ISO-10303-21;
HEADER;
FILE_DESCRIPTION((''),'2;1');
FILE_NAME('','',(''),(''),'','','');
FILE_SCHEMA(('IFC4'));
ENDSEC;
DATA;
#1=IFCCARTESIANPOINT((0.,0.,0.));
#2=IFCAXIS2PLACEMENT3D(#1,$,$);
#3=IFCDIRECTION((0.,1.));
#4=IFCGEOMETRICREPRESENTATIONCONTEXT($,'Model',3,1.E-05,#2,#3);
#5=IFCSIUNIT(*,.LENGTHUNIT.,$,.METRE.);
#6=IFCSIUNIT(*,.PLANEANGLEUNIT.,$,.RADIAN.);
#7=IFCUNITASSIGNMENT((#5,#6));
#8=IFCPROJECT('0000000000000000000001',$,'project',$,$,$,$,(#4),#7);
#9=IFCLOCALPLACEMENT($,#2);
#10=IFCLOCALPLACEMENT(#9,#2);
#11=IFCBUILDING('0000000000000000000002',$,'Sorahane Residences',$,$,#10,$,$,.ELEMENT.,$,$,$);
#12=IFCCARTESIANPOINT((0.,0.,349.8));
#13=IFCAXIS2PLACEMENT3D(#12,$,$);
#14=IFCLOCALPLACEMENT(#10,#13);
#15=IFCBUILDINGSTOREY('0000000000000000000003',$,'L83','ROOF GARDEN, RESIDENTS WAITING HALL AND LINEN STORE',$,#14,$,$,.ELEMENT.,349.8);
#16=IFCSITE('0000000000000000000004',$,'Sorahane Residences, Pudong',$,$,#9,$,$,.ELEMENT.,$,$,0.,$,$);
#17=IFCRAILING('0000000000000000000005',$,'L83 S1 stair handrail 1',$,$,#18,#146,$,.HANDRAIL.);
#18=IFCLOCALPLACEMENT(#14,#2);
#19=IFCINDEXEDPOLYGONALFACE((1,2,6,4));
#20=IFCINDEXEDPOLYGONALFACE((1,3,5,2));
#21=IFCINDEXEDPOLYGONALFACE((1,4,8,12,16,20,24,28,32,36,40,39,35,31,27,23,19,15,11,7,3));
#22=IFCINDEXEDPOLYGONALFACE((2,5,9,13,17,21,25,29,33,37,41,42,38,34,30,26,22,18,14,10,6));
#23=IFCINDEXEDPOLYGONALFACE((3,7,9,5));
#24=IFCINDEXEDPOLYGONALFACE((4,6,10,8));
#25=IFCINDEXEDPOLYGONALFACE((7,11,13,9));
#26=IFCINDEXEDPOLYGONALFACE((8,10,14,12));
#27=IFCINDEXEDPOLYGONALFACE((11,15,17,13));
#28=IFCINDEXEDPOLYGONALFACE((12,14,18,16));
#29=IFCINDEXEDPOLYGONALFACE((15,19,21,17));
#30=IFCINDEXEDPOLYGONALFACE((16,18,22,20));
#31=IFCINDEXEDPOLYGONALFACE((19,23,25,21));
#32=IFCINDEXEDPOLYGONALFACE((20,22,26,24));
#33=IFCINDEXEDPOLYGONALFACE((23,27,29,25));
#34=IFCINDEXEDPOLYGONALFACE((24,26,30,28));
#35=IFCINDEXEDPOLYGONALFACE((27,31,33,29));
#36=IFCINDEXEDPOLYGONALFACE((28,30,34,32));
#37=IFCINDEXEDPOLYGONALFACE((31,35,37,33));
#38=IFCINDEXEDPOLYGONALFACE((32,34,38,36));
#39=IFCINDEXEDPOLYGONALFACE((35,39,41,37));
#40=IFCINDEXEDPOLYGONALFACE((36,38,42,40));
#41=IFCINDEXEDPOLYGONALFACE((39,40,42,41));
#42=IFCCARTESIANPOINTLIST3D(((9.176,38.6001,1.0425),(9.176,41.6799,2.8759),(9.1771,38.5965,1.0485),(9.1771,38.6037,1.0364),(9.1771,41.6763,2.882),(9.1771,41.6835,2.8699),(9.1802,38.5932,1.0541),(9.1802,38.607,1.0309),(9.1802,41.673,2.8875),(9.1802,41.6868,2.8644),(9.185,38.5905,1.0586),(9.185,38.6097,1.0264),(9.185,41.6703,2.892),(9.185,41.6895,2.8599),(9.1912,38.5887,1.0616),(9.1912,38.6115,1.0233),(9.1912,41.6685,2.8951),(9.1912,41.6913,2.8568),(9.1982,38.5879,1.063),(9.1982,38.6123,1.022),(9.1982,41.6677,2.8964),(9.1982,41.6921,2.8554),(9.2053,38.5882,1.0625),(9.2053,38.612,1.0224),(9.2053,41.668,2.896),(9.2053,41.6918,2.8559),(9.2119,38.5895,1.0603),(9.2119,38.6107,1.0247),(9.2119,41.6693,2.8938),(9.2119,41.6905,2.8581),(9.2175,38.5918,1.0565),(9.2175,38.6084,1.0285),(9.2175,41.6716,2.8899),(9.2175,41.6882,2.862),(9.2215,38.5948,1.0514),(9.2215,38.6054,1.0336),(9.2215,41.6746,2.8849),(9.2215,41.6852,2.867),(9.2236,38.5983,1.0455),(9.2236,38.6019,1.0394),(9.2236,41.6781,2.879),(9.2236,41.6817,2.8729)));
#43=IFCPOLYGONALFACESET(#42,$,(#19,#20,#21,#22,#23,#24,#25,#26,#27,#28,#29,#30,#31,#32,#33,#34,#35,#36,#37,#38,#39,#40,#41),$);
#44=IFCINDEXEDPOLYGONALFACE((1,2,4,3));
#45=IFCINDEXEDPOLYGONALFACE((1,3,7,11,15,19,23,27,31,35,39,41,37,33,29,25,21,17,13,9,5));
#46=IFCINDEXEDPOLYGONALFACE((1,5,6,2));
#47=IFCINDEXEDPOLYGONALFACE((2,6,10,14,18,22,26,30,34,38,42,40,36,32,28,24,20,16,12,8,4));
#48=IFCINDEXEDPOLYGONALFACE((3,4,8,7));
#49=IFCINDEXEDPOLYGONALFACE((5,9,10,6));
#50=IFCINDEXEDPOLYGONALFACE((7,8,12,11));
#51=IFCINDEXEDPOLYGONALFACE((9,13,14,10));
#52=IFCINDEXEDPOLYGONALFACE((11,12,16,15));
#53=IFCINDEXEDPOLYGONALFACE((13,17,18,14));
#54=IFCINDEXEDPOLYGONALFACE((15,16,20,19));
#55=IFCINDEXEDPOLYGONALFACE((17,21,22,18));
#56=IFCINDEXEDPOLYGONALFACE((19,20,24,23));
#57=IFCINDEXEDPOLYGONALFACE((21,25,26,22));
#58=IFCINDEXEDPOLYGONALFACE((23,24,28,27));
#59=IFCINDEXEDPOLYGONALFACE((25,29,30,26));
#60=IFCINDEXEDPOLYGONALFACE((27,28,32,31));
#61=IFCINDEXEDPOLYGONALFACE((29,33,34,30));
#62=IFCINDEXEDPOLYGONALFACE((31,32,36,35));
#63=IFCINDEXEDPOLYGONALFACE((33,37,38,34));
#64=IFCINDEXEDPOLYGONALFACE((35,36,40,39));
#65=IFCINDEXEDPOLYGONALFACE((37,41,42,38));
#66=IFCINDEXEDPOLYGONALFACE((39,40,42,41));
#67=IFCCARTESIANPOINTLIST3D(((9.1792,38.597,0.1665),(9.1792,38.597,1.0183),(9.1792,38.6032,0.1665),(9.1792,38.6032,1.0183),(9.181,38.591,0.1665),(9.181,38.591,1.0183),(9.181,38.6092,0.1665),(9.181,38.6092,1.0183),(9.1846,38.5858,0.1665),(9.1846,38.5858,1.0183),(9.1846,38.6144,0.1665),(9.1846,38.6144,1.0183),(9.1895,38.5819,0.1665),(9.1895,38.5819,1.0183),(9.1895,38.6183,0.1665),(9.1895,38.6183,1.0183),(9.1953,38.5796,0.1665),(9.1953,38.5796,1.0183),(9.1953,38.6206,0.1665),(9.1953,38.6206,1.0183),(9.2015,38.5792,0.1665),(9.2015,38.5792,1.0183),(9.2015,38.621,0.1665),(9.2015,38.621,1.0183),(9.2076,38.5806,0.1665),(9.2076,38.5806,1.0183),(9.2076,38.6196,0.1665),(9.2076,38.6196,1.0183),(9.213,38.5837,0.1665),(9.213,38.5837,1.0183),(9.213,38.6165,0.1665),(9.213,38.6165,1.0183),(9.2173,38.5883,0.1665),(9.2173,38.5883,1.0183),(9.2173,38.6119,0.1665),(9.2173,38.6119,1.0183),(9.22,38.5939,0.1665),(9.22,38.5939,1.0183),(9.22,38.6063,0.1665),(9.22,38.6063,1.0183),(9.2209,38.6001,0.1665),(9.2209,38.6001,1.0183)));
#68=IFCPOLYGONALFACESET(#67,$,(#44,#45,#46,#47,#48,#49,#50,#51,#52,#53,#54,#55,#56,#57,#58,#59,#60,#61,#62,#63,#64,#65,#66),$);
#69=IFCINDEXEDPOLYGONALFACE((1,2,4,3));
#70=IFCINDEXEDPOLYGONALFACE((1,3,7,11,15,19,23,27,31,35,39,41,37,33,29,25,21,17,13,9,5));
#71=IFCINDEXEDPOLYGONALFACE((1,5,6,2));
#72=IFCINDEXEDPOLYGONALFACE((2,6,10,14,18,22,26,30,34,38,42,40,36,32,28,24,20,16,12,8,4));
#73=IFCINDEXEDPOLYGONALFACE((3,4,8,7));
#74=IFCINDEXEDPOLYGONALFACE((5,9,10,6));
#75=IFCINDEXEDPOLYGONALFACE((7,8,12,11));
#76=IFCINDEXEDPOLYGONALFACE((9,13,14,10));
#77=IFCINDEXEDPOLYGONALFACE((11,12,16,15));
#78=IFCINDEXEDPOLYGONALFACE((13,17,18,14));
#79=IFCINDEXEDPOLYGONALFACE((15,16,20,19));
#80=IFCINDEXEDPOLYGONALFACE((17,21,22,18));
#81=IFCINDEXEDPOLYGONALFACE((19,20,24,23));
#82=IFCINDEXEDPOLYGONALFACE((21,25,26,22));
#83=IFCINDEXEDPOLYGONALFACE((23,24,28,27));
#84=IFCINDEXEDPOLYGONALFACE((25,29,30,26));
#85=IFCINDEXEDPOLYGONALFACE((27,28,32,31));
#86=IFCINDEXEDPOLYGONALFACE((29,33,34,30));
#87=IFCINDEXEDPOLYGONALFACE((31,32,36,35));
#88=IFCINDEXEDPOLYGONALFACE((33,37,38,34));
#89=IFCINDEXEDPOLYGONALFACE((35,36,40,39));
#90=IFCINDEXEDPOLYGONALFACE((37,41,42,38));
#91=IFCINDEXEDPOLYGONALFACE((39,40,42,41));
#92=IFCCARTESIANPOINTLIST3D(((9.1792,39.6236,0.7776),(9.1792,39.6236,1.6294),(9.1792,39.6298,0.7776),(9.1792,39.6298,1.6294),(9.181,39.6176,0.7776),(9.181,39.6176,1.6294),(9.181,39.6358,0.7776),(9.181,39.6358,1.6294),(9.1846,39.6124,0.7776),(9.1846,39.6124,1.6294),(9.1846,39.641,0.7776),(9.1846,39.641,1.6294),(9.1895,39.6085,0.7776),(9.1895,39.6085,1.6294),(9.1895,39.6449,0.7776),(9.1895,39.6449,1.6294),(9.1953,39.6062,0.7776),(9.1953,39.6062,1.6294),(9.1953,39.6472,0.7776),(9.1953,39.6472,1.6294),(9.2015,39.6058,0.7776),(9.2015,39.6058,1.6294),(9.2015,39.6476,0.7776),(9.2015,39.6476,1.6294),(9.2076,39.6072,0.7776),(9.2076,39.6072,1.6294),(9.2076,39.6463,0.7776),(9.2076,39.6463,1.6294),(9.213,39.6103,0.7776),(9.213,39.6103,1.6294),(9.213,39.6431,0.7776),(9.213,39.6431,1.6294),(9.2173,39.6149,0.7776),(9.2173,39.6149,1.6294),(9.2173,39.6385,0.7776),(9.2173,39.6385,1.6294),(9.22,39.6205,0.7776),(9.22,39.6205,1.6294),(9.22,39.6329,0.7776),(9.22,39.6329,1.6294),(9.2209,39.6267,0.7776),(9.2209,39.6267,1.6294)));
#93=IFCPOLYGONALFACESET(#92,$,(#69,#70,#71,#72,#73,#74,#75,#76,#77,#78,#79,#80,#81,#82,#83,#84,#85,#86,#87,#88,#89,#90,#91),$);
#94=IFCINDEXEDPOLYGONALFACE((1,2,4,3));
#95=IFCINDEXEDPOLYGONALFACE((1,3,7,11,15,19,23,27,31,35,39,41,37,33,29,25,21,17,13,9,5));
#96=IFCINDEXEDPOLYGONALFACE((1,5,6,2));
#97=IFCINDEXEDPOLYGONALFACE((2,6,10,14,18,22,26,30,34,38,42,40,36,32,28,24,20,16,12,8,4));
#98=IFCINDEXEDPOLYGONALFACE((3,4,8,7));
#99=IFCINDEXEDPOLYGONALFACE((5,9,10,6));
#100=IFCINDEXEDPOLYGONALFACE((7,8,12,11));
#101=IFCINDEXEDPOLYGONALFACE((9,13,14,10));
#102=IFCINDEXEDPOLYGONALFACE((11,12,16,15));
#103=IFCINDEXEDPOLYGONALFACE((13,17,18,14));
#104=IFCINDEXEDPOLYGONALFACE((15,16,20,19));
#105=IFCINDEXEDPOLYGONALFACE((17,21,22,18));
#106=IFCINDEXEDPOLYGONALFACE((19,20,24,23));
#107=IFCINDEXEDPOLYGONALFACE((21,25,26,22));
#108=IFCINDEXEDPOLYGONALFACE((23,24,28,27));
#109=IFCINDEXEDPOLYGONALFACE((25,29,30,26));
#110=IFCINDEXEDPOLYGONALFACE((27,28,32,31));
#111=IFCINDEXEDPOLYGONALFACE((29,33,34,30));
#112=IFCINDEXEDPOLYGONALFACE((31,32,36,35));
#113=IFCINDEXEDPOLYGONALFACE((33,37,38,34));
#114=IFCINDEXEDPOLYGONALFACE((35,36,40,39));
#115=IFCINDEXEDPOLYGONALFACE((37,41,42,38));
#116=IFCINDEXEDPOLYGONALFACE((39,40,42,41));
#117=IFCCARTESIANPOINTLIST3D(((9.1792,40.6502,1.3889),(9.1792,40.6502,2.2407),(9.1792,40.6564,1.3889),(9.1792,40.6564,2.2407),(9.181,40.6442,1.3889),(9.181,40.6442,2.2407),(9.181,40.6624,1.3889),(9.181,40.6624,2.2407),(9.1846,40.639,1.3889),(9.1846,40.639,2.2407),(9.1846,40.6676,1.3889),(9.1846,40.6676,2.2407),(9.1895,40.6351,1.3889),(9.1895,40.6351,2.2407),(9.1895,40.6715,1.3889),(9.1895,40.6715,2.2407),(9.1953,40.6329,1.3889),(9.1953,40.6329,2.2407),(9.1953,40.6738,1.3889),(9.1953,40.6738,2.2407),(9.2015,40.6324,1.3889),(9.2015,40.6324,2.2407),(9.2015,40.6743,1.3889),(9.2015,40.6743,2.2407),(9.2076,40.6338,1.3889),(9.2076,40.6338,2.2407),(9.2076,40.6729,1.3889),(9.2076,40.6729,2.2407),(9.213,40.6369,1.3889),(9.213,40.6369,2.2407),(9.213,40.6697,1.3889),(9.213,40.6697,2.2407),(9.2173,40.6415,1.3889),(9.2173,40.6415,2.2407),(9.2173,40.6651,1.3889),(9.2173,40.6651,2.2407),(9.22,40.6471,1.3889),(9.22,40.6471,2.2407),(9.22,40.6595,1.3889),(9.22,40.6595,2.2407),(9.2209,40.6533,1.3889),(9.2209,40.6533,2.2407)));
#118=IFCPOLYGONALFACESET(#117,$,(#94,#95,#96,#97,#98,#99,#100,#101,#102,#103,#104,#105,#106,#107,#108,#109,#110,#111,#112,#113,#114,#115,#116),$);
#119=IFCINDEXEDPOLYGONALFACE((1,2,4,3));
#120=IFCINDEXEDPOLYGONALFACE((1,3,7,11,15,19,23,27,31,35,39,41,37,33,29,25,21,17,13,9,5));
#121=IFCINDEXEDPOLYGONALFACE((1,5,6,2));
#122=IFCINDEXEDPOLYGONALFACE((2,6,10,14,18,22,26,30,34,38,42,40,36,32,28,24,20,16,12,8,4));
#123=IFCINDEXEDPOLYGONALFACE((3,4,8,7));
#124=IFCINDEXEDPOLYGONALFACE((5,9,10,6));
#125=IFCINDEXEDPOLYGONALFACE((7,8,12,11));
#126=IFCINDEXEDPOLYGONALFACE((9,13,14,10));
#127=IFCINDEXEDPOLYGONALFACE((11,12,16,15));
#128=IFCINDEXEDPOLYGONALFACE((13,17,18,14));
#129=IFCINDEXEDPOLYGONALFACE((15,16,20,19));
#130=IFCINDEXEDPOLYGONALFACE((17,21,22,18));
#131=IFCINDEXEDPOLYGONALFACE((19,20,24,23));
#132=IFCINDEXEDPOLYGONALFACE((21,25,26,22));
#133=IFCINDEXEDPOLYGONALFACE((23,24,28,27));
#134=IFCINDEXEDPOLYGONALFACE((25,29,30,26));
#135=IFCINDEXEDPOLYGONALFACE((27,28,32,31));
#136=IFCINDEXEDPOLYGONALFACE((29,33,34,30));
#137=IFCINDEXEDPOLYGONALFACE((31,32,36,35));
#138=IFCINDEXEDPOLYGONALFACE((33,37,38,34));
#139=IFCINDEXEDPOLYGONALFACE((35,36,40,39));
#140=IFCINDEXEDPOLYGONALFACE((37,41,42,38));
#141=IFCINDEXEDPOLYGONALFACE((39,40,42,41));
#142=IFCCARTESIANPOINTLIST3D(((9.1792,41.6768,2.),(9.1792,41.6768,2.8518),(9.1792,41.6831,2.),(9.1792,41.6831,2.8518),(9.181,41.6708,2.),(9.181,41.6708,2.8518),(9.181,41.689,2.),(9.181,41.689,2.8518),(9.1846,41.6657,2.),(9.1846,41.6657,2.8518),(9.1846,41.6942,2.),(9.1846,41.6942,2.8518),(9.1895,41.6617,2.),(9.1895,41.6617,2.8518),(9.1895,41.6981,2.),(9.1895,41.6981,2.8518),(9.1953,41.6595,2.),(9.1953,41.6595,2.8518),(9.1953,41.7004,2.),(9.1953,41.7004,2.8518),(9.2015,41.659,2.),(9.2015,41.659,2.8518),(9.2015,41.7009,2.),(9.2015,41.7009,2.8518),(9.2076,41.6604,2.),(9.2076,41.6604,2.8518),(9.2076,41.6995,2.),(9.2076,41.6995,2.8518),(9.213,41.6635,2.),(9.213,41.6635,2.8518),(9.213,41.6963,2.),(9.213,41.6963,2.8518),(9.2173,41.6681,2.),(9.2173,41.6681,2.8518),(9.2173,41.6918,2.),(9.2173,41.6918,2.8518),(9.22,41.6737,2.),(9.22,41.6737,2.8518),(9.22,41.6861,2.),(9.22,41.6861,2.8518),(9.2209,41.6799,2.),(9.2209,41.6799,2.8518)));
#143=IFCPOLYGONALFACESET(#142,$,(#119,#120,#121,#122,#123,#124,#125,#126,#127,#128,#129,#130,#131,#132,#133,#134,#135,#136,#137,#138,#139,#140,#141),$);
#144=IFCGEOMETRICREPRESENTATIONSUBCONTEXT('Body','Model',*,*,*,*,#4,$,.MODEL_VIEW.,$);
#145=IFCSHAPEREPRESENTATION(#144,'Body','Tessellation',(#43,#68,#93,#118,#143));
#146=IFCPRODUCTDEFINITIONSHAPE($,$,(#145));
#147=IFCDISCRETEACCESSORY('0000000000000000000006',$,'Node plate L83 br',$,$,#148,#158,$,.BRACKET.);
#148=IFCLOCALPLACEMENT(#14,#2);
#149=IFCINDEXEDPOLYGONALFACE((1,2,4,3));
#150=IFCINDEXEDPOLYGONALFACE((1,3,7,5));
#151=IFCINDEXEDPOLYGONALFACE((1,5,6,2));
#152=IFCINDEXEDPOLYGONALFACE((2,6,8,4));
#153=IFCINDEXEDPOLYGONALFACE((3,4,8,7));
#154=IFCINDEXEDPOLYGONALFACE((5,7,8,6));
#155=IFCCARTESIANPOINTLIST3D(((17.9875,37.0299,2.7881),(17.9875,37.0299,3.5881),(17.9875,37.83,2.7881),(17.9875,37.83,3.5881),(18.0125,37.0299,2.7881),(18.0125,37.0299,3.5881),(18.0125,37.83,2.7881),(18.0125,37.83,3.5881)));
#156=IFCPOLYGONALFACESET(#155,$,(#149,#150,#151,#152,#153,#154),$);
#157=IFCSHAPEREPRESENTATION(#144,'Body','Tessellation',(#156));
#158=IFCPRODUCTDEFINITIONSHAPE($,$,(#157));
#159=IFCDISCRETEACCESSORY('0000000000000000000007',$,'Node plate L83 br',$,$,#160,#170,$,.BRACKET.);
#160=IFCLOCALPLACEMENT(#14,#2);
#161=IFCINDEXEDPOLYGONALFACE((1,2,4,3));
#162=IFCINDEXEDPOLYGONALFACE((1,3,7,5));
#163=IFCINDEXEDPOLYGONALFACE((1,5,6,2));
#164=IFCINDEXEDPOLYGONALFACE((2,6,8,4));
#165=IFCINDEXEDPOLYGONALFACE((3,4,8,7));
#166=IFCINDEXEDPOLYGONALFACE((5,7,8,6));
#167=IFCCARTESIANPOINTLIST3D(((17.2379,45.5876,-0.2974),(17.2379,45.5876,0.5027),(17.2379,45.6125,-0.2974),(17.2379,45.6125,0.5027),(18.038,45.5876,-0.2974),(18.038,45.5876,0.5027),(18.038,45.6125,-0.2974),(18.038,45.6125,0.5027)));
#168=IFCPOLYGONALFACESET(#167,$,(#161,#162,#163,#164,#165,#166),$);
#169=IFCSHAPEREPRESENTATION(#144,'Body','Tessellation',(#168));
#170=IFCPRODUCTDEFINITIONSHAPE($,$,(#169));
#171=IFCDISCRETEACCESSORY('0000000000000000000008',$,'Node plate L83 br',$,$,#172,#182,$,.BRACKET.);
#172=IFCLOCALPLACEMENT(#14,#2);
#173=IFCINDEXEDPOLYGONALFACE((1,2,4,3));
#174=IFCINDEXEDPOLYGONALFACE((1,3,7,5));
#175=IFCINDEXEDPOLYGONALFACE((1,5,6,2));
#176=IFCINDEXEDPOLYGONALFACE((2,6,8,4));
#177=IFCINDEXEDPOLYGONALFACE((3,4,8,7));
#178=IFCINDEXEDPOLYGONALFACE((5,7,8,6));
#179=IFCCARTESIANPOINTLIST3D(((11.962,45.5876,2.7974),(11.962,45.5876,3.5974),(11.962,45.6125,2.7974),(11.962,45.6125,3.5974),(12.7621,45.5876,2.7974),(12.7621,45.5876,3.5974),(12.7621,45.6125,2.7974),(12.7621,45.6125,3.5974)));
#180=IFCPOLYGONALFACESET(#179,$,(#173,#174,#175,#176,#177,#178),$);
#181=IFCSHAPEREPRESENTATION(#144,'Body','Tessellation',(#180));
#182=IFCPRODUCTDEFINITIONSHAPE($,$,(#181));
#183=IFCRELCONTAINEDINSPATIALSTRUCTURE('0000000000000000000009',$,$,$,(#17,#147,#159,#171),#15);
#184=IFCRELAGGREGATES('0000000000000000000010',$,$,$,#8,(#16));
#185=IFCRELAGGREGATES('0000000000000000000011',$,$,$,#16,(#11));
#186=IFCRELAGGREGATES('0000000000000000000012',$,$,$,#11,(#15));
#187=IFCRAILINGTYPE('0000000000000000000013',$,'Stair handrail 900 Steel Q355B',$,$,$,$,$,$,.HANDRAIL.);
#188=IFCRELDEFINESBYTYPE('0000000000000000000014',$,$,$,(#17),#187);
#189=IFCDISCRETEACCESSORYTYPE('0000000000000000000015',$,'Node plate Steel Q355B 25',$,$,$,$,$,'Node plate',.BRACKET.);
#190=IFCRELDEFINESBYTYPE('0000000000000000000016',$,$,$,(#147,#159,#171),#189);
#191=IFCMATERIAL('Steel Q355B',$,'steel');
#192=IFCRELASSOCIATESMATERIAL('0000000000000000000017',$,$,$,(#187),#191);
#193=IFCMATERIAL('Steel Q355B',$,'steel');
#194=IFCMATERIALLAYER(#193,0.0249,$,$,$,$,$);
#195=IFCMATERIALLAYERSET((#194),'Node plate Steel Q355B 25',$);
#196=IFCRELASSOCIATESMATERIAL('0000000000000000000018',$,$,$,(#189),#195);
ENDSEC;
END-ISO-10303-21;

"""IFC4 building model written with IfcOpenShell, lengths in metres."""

from ifc_helpers import new_model, si_unit, direction, frame, origin, origin_2d, place, context, subcontext, project, spatial, rectangle, circle, extrude, material, layer, layer_set, type_object, element, save


model = new_model("IFC4")

# Units and contexts
model_context = context("Model", 3, precision=1e-05, world=origin(), true_north=direction((0.0, 1.0)))
body_context = subcontext(model_context, "Body", "Model", "MODEL_VIEW")
ifc_project = project(units=[si_unit("LENGTHUNIT", "METRE"), si_unit("PLANEANGLEUNIT", "RADIAN")], contexts=[model_context])

# Site, building, storey
site_placement = place(None, origin())
site = spatial("IfcSite", under=ifc_project, at=site_placement, Name="Sorahane Residences, Pudong", CompositionType="ELEMENT", RefElevation=0.0)
building_placement = place(site_placement, origin())
building = spatial("IfcBuilding", under=site, at=building_placement, Name="Sorahane Residences", CompositionType="ELEMENT")
storey_placement = place(building_placement, frame((0.0, 0.0, 349.8)))
storey = spatial("IfcBuildingStorey", under=building, at=storey_placement, Name="L83", Description="ROOF GARDEN, RESIDENTS WAITING HALL AND LINEN STORE", CompositionType="ELEMENT", Elevation=349.8)

# Railing
ifc_material_1 = material(Name="Steel Q355B", Category="steel")
railing_type_1 = type_object("IfcRailingType", Name="Stair handrail 900 Steel Q355B", PredefinedType="HANDRAIL", material=ifc_material_1)
railing_1_placement = place(storey_placement, frame((9.2, 38.6001, 0.1665)))
element("IfcRailing", 1, at=railing_1_placement, inside=storey, type_object=railing_type_1, Name="L83 S1 stair handrail 1", PredefinedType="HANDRAIL", context=body_context, shape_type="SweptSolid", body=[
    extrude(circle(Radius=0.0239, at=origin_2d()), frame((0.0, 0.0, 0.876), z_axis=(0.0, 0.859261, 0.511538), x_axis=(-1.0, 0.0, 0.0)), (0.0, 0.0, 1.0), 3.5842),
    extrude(circle(Radius=0.021, at=origin_2d()), origin(), (0.0, 0.0, 1.0), 0.8518),
    extrude(circle(Radius=0.021, at=origin_2d()), frame((0.0, 1.0266, 0.6111)), (0.0, 0.0, 1.0), 0.8518),
    extrude(circle(Radius=0.021, at=origin_2d()), frame((0.0, 2.0532, 1.2224)), (0.0, 0.0, 1.0), 0.8518),
    extrude(circle(Radius=0.021, at=origin_2d()), frame((0.0, 3.0798, 1.8335)), (0.0, 0.0, 1.0), 0.8518),
])

# Discrete accessories
ifc_material_2 = material(Name="Steel Q355B", Category="steel")
ifc_layer_1 = layer(ifc_material_2, 0.0249)
ifc_layer_set_1 = layer_set([ifc_layer_1], Name="Node plate Steel Q355B 25")
discrete_accessory_type = type_object("IfcDiscreteAccessoryType", Name="Node plate Steel Q355B 25", ElementType="Node plate", PredefinedType="BRACKET", material=ifc_layer_set_1)
for number, where, z_axis, x_axis, name in (
    (2, (18.0, 37.4299, 2.7881), (0.0, 0.0, 1.0), (0.0, 1.0, 0.0), "Node plate L83 br"),
    (3, (17.6379, 45.6001, -0.2974), (0.0, 0.0, 1.0), (1.0, 0.0, 0.0), "Node plate L83 br"),
    (4, (12.3621, 45.6001, 2.7974), (0.0, 0.0, 1.0), (1.0, 0.0, 0.0), "Node plate L83 br"),
):
    element("IfcDiscreteAccessory", number, at=place(storey_placement, frame(where, z_axis=z_axis, x_axis=x_axis)), inside=storey, type_object=discrete_accessory_type, Name=name, PredefinedType="BRACKET", context=body_context, shape_type="SweptSolid", body=[
        extrude(rectangle(XDim=0.8, YDim=0.0249, at=origin_2d()), origin(), (0.0, 0.0, 1.0), 0.8),
    ])

save(model, "model.ifc")
